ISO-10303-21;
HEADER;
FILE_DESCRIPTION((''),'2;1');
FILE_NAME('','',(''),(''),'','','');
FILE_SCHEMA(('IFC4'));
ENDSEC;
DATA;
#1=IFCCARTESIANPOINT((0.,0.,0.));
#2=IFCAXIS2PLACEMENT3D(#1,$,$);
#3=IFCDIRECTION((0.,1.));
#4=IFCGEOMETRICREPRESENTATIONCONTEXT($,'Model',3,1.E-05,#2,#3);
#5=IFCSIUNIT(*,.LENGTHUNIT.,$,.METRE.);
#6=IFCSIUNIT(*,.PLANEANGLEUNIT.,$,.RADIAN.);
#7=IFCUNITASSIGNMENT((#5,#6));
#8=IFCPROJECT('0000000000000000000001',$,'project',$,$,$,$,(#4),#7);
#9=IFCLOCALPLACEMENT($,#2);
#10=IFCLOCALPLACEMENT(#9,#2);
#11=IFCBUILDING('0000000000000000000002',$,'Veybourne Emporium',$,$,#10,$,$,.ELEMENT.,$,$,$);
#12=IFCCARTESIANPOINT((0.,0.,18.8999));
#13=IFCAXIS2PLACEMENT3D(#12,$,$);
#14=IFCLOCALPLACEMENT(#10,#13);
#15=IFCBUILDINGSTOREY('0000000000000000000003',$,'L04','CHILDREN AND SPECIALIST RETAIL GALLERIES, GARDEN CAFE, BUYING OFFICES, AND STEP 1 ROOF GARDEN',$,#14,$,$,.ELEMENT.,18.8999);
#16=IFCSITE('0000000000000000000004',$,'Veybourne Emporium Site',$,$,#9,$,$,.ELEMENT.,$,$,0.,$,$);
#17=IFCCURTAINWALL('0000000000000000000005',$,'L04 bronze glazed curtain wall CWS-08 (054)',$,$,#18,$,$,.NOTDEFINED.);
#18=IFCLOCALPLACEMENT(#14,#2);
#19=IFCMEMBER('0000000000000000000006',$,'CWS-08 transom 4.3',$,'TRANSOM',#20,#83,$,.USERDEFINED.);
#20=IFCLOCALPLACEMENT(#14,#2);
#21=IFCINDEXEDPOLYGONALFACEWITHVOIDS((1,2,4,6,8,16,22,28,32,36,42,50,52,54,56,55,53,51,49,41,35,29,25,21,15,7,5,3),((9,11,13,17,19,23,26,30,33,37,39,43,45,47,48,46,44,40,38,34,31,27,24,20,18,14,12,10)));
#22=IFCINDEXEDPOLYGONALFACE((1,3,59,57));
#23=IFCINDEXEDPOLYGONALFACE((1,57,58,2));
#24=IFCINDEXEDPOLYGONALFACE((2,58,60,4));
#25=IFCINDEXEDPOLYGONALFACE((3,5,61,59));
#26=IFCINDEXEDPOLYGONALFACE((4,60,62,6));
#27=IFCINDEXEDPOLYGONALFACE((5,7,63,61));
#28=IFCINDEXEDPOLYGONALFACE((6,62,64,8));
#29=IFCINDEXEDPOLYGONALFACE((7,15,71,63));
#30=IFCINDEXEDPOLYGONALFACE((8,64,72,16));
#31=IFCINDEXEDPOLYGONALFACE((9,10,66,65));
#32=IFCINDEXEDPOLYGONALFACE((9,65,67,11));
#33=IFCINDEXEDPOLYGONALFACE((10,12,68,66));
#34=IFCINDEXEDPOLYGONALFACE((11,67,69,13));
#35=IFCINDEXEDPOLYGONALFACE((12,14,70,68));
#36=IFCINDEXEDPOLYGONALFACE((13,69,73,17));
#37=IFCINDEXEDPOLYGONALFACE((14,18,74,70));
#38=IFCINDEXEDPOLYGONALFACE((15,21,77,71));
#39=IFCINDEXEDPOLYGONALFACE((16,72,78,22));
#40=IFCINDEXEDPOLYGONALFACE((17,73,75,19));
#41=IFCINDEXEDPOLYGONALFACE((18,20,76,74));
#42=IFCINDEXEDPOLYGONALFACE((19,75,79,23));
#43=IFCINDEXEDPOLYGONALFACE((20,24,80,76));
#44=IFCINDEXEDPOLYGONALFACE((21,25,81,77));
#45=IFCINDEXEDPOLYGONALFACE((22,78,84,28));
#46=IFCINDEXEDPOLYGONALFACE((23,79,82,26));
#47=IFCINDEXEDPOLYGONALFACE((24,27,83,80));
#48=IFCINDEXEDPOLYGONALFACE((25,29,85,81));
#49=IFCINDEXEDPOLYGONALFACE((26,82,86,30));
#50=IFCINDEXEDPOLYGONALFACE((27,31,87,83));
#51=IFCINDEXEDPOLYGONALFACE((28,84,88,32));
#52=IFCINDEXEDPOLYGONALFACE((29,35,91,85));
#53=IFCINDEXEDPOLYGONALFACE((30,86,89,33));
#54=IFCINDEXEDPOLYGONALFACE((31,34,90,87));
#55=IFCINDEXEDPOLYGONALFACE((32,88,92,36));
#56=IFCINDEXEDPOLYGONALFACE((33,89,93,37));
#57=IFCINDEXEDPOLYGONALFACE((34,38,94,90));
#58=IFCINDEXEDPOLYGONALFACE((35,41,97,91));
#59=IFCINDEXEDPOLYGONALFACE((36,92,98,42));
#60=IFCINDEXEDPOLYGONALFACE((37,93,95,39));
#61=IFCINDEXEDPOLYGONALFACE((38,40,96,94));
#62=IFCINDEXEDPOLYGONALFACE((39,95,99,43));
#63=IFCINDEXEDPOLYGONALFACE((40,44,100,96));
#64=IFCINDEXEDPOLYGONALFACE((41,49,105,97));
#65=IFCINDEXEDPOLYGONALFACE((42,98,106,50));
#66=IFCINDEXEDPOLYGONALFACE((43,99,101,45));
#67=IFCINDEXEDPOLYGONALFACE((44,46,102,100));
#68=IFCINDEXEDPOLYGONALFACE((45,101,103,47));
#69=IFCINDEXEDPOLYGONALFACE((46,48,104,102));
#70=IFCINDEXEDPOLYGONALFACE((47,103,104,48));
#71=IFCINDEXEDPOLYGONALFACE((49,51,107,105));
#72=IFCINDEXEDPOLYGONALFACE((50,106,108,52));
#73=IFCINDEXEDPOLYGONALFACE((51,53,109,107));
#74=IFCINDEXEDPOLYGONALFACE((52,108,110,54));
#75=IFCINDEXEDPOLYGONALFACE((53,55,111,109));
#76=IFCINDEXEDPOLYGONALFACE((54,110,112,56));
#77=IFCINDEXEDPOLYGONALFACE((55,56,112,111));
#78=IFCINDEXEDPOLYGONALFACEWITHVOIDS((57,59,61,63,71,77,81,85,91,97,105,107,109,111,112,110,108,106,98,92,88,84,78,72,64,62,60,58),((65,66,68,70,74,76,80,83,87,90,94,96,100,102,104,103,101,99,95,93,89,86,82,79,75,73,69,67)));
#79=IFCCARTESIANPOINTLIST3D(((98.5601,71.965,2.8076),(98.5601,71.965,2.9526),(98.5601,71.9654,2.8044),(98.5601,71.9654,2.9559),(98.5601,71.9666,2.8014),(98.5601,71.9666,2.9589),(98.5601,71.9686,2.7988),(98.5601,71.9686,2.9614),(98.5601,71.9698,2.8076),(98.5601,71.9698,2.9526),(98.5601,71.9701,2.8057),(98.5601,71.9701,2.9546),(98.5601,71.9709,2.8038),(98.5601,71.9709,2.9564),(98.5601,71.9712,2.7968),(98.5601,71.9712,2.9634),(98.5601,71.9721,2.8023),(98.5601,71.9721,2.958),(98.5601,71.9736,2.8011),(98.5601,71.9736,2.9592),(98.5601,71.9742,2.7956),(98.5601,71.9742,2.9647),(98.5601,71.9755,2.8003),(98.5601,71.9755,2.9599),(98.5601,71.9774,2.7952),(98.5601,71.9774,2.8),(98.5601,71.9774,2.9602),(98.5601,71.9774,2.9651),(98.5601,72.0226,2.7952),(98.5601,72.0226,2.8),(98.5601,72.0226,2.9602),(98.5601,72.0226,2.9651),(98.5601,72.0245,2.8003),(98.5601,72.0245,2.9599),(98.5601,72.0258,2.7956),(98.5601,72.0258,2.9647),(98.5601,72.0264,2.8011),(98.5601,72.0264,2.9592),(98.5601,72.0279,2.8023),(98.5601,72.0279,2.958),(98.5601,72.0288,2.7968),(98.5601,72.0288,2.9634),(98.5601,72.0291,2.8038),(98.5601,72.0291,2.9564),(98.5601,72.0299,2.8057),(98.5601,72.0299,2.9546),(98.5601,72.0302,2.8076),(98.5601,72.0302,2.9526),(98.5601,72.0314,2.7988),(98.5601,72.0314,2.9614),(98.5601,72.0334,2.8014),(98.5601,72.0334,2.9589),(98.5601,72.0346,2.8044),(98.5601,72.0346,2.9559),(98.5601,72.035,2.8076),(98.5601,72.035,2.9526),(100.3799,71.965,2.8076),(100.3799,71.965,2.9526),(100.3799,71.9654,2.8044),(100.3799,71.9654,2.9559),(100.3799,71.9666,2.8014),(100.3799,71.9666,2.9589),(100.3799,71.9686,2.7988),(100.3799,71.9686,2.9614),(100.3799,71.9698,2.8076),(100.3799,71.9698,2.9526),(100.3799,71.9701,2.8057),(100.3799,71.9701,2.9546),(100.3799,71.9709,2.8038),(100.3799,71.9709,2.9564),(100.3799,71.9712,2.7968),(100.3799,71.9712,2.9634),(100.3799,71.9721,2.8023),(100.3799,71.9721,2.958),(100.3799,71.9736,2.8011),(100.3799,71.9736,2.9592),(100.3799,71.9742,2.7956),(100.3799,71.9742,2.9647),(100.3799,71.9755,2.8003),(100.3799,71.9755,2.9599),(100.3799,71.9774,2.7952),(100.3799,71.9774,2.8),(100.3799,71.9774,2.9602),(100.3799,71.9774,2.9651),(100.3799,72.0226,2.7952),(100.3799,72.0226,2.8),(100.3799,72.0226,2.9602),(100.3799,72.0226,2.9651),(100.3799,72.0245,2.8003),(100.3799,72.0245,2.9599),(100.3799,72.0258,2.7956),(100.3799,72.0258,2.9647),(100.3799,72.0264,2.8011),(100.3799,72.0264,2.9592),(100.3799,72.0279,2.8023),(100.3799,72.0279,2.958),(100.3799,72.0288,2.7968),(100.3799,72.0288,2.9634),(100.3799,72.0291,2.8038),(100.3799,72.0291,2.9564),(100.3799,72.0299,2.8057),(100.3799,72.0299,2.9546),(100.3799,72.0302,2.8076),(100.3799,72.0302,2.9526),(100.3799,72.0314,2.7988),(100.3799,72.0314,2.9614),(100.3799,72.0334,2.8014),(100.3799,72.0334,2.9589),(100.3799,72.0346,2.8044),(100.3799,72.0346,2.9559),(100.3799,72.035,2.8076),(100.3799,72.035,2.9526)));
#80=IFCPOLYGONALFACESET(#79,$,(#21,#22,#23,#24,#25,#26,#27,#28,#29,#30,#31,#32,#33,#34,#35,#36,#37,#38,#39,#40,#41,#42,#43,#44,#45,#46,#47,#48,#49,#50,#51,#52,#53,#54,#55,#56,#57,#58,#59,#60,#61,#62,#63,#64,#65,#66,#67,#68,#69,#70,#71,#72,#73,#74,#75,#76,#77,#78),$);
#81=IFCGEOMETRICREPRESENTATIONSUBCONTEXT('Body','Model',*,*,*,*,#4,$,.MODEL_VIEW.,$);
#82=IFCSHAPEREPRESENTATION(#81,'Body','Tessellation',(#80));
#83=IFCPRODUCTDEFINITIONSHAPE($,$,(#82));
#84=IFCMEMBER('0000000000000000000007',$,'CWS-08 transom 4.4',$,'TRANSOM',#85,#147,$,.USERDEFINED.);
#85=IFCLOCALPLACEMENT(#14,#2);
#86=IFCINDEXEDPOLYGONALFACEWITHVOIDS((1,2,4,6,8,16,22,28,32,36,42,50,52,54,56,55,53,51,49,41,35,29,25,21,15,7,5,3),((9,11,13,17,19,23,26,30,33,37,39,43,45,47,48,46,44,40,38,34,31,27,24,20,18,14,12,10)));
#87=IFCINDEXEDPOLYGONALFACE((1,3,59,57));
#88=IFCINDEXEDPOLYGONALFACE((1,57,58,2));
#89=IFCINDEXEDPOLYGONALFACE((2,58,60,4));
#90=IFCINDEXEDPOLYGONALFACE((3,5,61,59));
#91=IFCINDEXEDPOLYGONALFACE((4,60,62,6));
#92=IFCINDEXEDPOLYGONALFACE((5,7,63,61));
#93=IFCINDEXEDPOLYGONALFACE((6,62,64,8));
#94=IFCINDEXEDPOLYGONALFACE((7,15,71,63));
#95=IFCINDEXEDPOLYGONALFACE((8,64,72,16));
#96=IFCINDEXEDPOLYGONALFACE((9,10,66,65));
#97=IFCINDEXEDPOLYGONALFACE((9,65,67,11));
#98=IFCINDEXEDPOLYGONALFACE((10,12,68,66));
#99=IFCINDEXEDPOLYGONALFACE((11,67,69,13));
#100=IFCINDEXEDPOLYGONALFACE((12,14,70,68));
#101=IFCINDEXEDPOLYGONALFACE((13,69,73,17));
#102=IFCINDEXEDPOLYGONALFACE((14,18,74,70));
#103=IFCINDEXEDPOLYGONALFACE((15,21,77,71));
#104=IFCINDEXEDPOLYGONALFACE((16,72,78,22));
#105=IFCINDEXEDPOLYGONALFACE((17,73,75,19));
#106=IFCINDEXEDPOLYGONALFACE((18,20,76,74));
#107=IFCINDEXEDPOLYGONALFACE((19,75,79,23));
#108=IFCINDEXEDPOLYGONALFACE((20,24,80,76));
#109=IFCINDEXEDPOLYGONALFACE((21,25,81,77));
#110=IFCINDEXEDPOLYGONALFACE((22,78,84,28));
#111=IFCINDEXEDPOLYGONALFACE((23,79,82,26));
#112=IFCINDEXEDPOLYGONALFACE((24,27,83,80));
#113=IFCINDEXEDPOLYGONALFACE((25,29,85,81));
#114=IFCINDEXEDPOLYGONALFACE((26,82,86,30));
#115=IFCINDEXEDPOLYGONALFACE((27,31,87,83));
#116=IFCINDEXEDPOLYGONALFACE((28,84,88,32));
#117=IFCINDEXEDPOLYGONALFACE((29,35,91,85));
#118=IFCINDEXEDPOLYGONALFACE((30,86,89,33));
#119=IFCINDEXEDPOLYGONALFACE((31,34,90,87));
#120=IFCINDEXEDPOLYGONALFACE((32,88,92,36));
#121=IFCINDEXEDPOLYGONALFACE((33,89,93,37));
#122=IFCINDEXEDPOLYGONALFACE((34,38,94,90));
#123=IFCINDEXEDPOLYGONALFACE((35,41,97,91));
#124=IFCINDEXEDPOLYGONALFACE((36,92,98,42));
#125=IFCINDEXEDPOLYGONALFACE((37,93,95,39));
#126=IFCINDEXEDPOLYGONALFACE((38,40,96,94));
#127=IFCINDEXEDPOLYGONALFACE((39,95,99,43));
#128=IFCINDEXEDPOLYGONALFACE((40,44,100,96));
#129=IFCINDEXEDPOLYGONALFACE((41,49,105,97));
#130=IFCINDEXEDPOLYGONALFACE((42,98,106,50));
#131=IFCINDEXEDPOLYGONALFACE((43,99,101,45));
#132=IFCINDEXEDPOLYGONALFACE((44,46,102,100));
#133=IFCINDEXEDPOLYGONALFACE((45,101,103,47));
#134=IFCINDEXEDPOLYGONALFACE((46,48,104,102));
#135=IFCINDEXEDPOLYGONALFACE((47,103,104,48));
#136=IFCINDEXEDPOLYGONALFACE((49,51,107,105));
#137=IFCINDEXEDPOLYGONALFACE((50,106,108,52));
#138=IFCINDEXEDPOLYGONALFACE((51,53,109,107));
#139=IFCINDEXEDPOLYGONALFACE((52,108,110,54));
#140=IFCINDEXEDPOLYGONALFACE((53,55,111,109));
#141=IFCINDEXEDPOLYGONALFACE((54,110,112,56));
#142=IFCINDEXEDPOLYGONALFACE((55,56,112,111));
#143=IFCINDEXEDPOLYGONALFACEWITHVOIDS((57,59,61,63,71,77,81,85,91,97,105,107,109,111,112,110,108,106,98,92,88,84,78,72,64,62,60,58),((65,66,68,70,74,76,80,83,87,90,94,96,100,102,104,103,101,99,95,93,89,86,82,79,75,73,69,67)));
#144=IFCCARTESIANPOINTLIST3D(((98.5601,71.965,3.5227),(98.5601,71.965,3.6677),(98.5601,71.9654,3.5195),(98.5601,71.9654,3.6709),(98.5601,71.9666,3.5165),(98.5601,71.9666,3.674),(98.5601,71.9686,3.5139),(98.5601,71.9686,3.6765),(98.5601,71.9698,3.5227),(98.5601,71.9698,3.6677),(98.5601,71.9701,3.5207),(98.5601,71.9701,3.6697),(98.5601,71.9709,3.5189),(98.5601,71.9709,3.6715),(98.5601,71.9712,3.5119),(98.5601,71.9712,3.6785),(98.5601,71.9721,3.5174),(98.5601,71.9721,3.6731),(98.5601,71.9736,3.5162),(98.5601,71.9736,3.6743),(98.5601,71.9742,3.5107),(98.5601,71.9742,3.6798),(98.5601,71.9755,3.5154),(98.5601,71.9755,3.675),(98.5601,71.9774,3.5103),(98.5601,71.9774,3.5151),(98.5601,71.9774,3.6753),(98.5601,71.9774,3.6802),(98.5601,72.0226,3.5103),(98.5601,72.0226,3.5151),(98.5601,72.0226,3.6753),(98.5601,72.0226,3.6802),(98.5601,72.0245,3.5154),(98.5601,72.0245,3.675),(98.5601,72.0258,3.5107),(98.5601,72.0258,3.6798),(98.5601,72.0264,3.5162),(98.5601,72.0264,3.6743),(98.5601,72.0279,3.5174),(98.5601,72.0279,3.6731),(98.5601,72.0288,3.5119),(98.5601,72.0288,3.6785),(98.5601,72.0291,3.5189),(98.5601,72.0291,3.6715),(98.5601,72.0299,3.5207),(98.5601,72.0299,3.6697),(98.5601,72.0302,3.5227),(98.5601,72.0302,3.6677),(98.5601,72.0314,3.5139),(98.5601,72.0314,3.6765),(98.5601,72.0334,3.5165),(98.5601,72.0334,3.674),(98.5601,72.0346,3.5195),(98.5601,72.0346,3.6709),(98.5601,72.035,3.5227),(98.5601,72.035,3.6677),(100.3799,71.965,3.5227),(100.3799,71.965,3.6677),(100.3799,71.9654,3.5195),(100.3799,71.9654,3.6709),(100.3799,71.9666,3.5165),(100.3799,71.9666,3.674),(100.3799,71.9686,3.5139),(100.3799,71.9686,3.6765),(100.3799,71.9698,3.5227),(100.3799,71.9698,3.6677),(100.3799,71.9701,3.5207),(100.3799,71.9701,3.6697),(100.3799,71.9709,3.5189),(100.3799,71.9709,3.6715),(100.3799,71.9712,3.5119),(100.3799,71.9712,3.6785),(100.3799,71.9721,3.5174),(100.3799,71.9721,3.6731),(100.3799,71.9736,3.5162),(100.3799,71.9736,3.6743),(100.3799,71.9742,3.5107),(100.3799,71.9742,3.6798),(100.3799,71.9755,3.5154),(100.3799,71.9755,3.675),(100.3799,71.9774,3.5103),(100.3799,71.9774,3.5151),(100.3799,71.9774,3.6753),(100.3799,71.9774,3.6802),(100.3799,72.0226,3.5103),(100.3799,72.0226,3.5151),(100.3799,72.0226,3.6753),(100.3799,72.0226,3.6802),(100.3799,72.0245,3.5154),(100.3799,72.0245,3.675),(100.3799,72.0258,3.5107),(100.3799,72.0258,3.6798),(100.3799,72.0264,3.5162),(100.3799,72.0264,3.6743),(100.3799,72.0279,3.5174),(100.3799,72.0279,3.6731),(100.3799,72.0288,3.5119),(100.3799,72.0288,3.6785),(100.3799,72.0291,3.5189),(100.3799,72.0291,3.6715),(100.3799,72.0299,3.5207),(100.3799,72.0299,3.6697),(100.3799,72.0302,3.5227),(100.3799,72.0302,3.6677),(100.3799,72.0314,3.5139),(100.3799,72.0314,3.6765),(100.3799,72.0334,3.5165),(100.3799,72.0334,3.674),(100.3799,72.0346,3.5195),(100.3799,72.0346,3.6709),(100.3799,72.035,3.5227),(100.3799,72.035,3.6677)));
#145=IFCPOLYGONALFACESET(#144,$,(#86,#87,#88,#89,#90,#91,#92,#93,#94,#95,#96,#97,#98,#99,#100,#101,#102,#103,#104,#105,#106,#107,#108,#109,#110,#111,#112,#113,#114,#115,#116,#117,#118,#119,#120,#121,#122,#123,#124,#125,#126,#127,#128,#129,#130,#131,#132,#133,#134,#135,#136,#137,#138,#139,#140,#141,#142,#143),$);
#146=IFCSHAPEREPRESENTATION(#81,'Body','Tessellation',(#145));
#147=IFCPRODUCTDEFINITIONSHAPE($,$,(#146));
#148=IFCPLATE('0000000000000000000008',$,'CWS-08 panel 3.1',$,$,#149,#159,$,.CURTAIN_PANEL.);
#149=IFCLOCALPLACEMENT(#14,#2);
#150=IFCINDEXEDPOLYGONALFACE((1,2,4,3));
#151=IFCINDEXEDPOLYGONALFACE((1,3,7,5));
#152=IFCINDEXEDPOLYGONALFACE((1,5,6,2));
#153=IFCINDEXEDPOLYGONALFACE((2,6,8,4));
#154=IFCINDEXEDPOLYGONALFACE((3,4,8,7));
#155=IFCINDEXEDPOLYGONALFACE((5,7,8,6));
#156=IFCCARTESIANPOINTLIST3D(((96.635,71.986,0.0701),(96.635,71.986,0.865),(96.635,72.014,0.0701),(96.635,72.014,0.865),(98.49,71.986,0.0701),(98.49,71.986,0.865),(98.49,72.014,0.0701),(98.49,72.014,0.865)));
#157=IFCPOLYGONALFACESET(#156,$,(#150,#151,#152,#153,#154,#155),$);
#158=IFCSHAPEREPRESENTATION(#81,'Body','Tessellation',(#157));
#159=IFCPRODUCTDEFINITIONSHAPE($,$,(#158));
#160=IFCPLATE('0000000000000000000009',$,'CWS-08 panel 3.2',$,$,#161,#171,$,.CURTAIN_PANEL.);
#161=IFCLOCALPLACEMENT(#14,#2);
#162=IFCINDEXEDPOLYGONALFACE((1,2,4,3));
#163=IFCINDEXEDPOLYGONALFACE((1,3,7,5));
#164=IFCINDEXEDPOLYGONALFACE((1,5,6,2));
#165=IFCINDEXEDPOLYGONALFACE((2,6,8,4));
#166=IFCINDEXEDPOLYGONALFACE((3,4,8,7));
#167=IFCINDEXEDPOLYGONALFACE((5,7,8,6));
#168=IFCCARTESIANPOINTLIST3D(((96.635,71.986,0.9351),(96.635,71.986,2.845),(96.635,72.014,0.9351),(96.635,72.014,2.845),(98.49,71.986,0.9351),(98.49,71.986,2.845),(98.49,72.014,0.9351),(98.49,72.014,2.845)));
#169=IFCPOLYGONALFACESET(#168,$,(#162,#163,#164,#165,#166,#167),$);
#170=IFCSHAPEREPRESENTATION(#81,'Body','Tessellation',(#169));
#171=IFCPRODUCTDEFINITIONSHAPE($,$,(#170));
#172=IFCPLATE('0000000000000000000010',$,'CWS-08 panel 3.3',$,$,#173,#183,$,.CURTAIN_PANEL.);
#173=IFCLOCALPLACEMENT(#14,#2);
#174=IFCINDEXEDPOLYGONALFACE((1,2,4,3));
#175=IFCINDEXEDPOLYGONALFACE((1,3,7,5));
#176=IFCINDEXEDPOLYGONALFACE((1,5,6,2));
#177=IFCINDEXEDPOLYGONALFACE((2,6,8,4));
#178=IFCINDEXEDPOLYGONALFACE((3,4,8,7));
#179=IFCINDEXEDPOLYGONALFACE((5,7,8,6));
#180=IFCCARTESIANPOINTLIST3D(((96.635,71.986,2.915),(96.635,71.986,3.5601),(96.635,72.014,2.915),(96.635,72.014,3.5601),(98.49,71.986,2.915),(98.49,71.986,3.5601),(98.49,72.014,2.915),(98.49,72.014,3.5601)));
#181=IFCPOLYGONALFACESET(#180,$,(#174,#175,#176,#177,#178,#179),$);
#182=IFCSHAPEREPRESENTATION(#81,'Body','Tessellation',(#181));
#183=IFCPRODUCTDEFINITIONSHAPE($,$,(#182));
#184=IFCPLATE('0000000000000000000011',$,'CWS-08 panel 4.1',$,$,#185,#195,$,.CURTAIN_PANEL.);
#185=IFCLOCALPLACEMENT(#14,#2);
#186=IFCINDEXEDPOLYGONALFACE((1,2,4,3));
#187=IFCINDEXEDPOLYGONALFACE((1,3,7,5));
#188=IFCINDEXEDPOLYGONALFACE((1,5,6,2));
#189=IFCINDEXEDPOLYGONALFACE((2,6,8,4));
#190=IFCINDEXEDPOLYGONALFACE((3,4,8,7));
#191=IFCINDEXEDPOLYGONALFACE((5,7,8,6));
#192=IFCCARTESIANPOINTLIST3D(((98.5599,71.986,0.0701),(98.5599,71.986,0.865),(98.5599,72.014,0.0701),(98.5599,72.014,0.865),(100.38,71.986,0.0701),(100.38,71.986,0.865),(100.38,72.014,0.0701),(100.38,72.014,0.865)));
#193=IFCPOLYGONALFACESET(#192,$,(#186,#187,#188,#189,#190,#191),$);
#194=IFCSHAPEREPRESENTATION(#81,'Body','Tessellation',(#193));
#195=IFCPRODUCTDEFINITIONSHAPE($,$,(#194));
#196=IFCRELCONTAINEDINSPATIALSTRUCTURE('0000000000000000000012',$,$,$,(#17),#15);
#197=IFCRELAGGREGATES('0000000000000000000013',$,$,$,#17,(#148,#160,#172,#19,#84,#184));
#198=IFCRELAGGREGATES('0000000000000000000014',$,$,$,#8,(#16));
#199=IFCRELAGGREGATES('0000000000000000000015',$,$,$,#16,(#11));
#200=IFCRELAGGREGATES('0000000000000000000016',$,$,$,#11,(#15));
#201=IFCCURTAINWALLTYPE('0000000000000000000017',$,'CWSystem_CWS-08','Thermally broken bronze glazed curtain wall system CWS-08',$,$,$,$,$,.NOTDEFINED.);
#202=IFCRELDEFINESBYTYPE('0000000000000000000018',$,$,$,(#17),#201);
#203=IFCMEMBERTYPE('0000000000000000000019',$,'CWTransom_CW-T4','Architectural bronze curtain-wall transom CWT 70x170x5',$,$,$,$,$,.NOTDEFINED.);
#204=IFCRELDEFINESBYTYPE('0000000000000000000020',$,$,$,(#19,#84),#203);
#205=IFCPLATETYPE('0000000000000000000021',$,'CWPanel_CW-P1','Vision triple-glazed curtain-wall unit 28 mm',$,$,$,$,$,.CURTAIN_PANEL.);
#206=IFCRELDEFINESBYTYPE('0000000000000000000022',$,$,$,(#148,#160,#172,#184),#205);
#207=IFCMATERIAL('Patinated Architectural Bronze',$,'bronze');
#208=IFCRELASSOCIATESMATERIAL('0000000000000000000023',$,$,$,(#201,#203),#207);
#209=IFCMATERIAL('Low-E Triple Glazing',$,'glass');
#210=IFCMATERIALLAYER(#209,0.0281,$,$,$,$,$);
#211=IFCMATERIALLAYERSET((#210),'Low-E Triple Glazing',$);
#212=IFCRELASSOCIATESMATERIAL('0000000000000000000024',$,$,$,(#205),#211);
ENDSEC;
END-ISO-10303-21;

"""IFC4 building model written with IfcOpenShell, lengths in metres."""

from ifc_helpers import new_model, si_unit, direction, frame, origin, origin_2d, place, context, subcontext, project, spatial, rectangle, hollow_rectangle, extrude, material, layer, layer_set, material_profile, profile_set, type_object, element, aggregate, save


model = new_model("IFC4")

# Units and contexts
model_context = context("Model", 3, precision=1e-05, world=origin(), true_north=direction((0.0, 1.0)))
body_context = subcontext(model_context, "Body", "Model", "MODEL_VIEW")
ifc_project = project(units=[si_unit("LENGTHUNIT", "METRE"), si_unit("PLANEANGLEUNIT", "RADIAN")], contexts=[model_context])

# Site, building, storey
site_placement = place(None, origin())
site = spatial("IfcSite", under=ifc_project, at=site_placement, Name="Veybourne Emporium Site", CompositionType="ELEMENT", RefElevation=0.0)
building_placement = place(site_placement, origin())
building = spatial("IfcBuilding", under=site, at=building_placement, Name="Veybourne Emporium", CompositionType="ELEMENT")
storey_placement = place(building_placement, frame((0.0, 0.0, 18.8999)))
storey = spatial("IfcBuildingStorey", under=building, at=storey_placement, Name="L04", Description="CHILDREN AND SPECIALIST RETAIL GALLERIES, GARDEN CAFE, BUYING OFFICES, AND STEP 1 ROOF GARDEN", CompositionType="ELEMENT", Elevation=18.8999)

# Curtain wall, members, plates
ifc_material_1 = material(Name="Patinated Architectural Bronze", Category="bronze")
curtain_wall_type = type_object("IfcCurtainWallType", Name="CWSystem_CWS-08", Description="Thermally broken bronze glazed curtain wall system CWS-08", PredefinedType="NOTDEFINED", material=ifc_material_1)
curtain_wall_placement = place(storey_placement, origin())
curtain_wall = element("IfcCurtainWall", 1, at=curtain_wall_placement, inside=storey, type_object=curtain_wall_type, Name="L04 bronze glazed curtain wall CWS-08 (054)", PredefinedType="NOTDEFINED")
ifc_material_profile_1 = material_profile(ifc_material_1, hollow_rectangle(XDim=0.0701, YDim=0.1699, WallThickness=0.0049, InnerFilletRadius=0.0076, OuterFilletRadius=0.0125, at=origin_2d()), Name="CWT 70x170x5")
ifc_profile_set_1 = profile_set([ifc_material_profile_1], Name="Patinated Architectural Bronze")
member_type_1 = type_object("IfcMemberType", Name="CWTransom_CW-T4", Description="Architectural bronze curtain-wall transom CWT 70x170x5", PredefinedType="NOTDEFINED", material=ifc_profile_set_1)
member_1_placement = place(storey_placement, frame((98.5601, 72.0, 2.8801), z_axis=(1.0, 0.0, 0.0), x_axis=(0.0, 1.0, 0.0)))
member_1 = element("IfcMember", 2, at=member_1_placement, type_object=member_type_1, Name="CWS-08 transom 4.3", ObjectType="TRANSOM", PredefinedType="USERDEFINED", context=body_context, shape_type="SweptSolid", body=[
    extrude(hollow_rectangle(XDim=0.0701, YDim=0.1699, WallThickness=0.0049, InnerFilletRadius=0.0076, OuterFilletRadius=0.0125, at=origin_2d()), origin(), (0.0, 0.0, 1.0), 1.8198),
])
member_2_placement = place(storey_placement, frame((98.5601, 72.0, 3.5952), z_axis=(1.0, 0.0, 0.0), x_axis=(0.0, 1.0, 0.0)))
member_2 = element("IfcMember", 3, at=member_2_placement, type_object=member_type_1, Name="CWS-08 transom 4.4", ObjectType="TRANSOM", PredefinedType="USERDEFINED", context=body_context, shape_type="SweptSolid", body=[
    extrude(hollow_rectangle(XDim=0.0701, YDim=0.1699, WallThickness=0.0049, InnerFilletRadius=0.0076, OuterFilletRadius=0.0125, at=origin_2d()), origin(), (0.0, 0.0, 1.0), 1.8198),
])
ifc_material_2 = material(Name="Low-E Triple Glazing", Category="glass")
ifc_layer_1 = layer(ifc_material_2, 0.0281)
ifc_layer_set_1 = layer_set([ifc_layer_1], Name="Low-E Triple Glazing")
plate_type = type_object("IfcPlateType", Name="CWPanel_CW-P1", Description="Vision triple-glazed curtain-wall unit 28 mm", PredefinedType="CURTAIN_PANEL", material=ifc_layer_set_1)
plate_1_placement = place(storey_placement, frame((97.5625, 72.0, 0.0701), z_axis=(0.0, 0.0, 1.0), x_axis=(1.0, 0.0, 0.0)))
plate_1 = element("IfcPlate", 4, at=plate_1_placement, type_object=plate_type, Name="CWS-08 panel 3.1", PredefinedType="CURTAIN_PANEL", context=body_context, shape_type="SweptSolid", body=[
    extrude(rectangle(XDim=1.855, YDim=0.0281, at=origin_2d()), origin(), (0.0, 0.0, 1.0), 0.7949),
])
plate_2_placement = place(storey_placement, frame((97.5625, 72.0, 0.9351), z_axis=(0.0, 0.0, 1.0), x_axis=(1.0, 0.0, 0.0)))
plate_2 = element("IfcPlate", 5, at=plate_2_placement, type_object=plate_type, Name="CWS-08 panel 3.2", PredefinedType="CURTAIN_PANEL", context=body_context, shape_type="SweptSolid", body=[
    extrude(rectangle(XDim=1.855, YDim=0.0281, at=origin_2d()), origin(), (0.0, 0.0, 1.0), 1.9099),
])
plate_3_placement = place(storey_placement, frame((97.5625, 72.0, 2.915), z_axis=(0.0, 0.0, 1.0), x_axis=(1.0, 0.0, 0.0)))
plate_3 = element("IfcPlate", 6, at=plate_3_placement, type_object=plate_type, Name="CWS-08 panel 3.3", PredefinedType="CURTAIN_PANEL", context=body_context, shape_type="SweptSolid", body=[
    extrude(rectangle(XDim=1.855, YDim=0.0281, at=origin_2d()), origin(), (0.0, 0.0, 1.0), 0.645),
])
plate_4_placement = place(storey_placement, frame((99.47, 72.0, 0.0701), z_axis=(0.0, 0.0, 1.0), x_axis=(1.0, 0.0, 0.0)))
plate_4 = element("IfcPlate", 7, at=plate_4_placement, type_object=plate_type, Name="CWS-08 panel 4.1", PredefinedType="CURTAIN_PANEL", context=body_context, shape_type="SweptSolid", body=[
    extrude(rectangle(XDim=1.8201, YDim=0.0281, at=origin_2d()), origin(), (0.0, 0.0, 1.0), 0.7949),
])
aggregate(curtain_wall, [plate_1, plate_2, plate_3, member_1, member_2, plate_4])

save(model, "model.ifc")
